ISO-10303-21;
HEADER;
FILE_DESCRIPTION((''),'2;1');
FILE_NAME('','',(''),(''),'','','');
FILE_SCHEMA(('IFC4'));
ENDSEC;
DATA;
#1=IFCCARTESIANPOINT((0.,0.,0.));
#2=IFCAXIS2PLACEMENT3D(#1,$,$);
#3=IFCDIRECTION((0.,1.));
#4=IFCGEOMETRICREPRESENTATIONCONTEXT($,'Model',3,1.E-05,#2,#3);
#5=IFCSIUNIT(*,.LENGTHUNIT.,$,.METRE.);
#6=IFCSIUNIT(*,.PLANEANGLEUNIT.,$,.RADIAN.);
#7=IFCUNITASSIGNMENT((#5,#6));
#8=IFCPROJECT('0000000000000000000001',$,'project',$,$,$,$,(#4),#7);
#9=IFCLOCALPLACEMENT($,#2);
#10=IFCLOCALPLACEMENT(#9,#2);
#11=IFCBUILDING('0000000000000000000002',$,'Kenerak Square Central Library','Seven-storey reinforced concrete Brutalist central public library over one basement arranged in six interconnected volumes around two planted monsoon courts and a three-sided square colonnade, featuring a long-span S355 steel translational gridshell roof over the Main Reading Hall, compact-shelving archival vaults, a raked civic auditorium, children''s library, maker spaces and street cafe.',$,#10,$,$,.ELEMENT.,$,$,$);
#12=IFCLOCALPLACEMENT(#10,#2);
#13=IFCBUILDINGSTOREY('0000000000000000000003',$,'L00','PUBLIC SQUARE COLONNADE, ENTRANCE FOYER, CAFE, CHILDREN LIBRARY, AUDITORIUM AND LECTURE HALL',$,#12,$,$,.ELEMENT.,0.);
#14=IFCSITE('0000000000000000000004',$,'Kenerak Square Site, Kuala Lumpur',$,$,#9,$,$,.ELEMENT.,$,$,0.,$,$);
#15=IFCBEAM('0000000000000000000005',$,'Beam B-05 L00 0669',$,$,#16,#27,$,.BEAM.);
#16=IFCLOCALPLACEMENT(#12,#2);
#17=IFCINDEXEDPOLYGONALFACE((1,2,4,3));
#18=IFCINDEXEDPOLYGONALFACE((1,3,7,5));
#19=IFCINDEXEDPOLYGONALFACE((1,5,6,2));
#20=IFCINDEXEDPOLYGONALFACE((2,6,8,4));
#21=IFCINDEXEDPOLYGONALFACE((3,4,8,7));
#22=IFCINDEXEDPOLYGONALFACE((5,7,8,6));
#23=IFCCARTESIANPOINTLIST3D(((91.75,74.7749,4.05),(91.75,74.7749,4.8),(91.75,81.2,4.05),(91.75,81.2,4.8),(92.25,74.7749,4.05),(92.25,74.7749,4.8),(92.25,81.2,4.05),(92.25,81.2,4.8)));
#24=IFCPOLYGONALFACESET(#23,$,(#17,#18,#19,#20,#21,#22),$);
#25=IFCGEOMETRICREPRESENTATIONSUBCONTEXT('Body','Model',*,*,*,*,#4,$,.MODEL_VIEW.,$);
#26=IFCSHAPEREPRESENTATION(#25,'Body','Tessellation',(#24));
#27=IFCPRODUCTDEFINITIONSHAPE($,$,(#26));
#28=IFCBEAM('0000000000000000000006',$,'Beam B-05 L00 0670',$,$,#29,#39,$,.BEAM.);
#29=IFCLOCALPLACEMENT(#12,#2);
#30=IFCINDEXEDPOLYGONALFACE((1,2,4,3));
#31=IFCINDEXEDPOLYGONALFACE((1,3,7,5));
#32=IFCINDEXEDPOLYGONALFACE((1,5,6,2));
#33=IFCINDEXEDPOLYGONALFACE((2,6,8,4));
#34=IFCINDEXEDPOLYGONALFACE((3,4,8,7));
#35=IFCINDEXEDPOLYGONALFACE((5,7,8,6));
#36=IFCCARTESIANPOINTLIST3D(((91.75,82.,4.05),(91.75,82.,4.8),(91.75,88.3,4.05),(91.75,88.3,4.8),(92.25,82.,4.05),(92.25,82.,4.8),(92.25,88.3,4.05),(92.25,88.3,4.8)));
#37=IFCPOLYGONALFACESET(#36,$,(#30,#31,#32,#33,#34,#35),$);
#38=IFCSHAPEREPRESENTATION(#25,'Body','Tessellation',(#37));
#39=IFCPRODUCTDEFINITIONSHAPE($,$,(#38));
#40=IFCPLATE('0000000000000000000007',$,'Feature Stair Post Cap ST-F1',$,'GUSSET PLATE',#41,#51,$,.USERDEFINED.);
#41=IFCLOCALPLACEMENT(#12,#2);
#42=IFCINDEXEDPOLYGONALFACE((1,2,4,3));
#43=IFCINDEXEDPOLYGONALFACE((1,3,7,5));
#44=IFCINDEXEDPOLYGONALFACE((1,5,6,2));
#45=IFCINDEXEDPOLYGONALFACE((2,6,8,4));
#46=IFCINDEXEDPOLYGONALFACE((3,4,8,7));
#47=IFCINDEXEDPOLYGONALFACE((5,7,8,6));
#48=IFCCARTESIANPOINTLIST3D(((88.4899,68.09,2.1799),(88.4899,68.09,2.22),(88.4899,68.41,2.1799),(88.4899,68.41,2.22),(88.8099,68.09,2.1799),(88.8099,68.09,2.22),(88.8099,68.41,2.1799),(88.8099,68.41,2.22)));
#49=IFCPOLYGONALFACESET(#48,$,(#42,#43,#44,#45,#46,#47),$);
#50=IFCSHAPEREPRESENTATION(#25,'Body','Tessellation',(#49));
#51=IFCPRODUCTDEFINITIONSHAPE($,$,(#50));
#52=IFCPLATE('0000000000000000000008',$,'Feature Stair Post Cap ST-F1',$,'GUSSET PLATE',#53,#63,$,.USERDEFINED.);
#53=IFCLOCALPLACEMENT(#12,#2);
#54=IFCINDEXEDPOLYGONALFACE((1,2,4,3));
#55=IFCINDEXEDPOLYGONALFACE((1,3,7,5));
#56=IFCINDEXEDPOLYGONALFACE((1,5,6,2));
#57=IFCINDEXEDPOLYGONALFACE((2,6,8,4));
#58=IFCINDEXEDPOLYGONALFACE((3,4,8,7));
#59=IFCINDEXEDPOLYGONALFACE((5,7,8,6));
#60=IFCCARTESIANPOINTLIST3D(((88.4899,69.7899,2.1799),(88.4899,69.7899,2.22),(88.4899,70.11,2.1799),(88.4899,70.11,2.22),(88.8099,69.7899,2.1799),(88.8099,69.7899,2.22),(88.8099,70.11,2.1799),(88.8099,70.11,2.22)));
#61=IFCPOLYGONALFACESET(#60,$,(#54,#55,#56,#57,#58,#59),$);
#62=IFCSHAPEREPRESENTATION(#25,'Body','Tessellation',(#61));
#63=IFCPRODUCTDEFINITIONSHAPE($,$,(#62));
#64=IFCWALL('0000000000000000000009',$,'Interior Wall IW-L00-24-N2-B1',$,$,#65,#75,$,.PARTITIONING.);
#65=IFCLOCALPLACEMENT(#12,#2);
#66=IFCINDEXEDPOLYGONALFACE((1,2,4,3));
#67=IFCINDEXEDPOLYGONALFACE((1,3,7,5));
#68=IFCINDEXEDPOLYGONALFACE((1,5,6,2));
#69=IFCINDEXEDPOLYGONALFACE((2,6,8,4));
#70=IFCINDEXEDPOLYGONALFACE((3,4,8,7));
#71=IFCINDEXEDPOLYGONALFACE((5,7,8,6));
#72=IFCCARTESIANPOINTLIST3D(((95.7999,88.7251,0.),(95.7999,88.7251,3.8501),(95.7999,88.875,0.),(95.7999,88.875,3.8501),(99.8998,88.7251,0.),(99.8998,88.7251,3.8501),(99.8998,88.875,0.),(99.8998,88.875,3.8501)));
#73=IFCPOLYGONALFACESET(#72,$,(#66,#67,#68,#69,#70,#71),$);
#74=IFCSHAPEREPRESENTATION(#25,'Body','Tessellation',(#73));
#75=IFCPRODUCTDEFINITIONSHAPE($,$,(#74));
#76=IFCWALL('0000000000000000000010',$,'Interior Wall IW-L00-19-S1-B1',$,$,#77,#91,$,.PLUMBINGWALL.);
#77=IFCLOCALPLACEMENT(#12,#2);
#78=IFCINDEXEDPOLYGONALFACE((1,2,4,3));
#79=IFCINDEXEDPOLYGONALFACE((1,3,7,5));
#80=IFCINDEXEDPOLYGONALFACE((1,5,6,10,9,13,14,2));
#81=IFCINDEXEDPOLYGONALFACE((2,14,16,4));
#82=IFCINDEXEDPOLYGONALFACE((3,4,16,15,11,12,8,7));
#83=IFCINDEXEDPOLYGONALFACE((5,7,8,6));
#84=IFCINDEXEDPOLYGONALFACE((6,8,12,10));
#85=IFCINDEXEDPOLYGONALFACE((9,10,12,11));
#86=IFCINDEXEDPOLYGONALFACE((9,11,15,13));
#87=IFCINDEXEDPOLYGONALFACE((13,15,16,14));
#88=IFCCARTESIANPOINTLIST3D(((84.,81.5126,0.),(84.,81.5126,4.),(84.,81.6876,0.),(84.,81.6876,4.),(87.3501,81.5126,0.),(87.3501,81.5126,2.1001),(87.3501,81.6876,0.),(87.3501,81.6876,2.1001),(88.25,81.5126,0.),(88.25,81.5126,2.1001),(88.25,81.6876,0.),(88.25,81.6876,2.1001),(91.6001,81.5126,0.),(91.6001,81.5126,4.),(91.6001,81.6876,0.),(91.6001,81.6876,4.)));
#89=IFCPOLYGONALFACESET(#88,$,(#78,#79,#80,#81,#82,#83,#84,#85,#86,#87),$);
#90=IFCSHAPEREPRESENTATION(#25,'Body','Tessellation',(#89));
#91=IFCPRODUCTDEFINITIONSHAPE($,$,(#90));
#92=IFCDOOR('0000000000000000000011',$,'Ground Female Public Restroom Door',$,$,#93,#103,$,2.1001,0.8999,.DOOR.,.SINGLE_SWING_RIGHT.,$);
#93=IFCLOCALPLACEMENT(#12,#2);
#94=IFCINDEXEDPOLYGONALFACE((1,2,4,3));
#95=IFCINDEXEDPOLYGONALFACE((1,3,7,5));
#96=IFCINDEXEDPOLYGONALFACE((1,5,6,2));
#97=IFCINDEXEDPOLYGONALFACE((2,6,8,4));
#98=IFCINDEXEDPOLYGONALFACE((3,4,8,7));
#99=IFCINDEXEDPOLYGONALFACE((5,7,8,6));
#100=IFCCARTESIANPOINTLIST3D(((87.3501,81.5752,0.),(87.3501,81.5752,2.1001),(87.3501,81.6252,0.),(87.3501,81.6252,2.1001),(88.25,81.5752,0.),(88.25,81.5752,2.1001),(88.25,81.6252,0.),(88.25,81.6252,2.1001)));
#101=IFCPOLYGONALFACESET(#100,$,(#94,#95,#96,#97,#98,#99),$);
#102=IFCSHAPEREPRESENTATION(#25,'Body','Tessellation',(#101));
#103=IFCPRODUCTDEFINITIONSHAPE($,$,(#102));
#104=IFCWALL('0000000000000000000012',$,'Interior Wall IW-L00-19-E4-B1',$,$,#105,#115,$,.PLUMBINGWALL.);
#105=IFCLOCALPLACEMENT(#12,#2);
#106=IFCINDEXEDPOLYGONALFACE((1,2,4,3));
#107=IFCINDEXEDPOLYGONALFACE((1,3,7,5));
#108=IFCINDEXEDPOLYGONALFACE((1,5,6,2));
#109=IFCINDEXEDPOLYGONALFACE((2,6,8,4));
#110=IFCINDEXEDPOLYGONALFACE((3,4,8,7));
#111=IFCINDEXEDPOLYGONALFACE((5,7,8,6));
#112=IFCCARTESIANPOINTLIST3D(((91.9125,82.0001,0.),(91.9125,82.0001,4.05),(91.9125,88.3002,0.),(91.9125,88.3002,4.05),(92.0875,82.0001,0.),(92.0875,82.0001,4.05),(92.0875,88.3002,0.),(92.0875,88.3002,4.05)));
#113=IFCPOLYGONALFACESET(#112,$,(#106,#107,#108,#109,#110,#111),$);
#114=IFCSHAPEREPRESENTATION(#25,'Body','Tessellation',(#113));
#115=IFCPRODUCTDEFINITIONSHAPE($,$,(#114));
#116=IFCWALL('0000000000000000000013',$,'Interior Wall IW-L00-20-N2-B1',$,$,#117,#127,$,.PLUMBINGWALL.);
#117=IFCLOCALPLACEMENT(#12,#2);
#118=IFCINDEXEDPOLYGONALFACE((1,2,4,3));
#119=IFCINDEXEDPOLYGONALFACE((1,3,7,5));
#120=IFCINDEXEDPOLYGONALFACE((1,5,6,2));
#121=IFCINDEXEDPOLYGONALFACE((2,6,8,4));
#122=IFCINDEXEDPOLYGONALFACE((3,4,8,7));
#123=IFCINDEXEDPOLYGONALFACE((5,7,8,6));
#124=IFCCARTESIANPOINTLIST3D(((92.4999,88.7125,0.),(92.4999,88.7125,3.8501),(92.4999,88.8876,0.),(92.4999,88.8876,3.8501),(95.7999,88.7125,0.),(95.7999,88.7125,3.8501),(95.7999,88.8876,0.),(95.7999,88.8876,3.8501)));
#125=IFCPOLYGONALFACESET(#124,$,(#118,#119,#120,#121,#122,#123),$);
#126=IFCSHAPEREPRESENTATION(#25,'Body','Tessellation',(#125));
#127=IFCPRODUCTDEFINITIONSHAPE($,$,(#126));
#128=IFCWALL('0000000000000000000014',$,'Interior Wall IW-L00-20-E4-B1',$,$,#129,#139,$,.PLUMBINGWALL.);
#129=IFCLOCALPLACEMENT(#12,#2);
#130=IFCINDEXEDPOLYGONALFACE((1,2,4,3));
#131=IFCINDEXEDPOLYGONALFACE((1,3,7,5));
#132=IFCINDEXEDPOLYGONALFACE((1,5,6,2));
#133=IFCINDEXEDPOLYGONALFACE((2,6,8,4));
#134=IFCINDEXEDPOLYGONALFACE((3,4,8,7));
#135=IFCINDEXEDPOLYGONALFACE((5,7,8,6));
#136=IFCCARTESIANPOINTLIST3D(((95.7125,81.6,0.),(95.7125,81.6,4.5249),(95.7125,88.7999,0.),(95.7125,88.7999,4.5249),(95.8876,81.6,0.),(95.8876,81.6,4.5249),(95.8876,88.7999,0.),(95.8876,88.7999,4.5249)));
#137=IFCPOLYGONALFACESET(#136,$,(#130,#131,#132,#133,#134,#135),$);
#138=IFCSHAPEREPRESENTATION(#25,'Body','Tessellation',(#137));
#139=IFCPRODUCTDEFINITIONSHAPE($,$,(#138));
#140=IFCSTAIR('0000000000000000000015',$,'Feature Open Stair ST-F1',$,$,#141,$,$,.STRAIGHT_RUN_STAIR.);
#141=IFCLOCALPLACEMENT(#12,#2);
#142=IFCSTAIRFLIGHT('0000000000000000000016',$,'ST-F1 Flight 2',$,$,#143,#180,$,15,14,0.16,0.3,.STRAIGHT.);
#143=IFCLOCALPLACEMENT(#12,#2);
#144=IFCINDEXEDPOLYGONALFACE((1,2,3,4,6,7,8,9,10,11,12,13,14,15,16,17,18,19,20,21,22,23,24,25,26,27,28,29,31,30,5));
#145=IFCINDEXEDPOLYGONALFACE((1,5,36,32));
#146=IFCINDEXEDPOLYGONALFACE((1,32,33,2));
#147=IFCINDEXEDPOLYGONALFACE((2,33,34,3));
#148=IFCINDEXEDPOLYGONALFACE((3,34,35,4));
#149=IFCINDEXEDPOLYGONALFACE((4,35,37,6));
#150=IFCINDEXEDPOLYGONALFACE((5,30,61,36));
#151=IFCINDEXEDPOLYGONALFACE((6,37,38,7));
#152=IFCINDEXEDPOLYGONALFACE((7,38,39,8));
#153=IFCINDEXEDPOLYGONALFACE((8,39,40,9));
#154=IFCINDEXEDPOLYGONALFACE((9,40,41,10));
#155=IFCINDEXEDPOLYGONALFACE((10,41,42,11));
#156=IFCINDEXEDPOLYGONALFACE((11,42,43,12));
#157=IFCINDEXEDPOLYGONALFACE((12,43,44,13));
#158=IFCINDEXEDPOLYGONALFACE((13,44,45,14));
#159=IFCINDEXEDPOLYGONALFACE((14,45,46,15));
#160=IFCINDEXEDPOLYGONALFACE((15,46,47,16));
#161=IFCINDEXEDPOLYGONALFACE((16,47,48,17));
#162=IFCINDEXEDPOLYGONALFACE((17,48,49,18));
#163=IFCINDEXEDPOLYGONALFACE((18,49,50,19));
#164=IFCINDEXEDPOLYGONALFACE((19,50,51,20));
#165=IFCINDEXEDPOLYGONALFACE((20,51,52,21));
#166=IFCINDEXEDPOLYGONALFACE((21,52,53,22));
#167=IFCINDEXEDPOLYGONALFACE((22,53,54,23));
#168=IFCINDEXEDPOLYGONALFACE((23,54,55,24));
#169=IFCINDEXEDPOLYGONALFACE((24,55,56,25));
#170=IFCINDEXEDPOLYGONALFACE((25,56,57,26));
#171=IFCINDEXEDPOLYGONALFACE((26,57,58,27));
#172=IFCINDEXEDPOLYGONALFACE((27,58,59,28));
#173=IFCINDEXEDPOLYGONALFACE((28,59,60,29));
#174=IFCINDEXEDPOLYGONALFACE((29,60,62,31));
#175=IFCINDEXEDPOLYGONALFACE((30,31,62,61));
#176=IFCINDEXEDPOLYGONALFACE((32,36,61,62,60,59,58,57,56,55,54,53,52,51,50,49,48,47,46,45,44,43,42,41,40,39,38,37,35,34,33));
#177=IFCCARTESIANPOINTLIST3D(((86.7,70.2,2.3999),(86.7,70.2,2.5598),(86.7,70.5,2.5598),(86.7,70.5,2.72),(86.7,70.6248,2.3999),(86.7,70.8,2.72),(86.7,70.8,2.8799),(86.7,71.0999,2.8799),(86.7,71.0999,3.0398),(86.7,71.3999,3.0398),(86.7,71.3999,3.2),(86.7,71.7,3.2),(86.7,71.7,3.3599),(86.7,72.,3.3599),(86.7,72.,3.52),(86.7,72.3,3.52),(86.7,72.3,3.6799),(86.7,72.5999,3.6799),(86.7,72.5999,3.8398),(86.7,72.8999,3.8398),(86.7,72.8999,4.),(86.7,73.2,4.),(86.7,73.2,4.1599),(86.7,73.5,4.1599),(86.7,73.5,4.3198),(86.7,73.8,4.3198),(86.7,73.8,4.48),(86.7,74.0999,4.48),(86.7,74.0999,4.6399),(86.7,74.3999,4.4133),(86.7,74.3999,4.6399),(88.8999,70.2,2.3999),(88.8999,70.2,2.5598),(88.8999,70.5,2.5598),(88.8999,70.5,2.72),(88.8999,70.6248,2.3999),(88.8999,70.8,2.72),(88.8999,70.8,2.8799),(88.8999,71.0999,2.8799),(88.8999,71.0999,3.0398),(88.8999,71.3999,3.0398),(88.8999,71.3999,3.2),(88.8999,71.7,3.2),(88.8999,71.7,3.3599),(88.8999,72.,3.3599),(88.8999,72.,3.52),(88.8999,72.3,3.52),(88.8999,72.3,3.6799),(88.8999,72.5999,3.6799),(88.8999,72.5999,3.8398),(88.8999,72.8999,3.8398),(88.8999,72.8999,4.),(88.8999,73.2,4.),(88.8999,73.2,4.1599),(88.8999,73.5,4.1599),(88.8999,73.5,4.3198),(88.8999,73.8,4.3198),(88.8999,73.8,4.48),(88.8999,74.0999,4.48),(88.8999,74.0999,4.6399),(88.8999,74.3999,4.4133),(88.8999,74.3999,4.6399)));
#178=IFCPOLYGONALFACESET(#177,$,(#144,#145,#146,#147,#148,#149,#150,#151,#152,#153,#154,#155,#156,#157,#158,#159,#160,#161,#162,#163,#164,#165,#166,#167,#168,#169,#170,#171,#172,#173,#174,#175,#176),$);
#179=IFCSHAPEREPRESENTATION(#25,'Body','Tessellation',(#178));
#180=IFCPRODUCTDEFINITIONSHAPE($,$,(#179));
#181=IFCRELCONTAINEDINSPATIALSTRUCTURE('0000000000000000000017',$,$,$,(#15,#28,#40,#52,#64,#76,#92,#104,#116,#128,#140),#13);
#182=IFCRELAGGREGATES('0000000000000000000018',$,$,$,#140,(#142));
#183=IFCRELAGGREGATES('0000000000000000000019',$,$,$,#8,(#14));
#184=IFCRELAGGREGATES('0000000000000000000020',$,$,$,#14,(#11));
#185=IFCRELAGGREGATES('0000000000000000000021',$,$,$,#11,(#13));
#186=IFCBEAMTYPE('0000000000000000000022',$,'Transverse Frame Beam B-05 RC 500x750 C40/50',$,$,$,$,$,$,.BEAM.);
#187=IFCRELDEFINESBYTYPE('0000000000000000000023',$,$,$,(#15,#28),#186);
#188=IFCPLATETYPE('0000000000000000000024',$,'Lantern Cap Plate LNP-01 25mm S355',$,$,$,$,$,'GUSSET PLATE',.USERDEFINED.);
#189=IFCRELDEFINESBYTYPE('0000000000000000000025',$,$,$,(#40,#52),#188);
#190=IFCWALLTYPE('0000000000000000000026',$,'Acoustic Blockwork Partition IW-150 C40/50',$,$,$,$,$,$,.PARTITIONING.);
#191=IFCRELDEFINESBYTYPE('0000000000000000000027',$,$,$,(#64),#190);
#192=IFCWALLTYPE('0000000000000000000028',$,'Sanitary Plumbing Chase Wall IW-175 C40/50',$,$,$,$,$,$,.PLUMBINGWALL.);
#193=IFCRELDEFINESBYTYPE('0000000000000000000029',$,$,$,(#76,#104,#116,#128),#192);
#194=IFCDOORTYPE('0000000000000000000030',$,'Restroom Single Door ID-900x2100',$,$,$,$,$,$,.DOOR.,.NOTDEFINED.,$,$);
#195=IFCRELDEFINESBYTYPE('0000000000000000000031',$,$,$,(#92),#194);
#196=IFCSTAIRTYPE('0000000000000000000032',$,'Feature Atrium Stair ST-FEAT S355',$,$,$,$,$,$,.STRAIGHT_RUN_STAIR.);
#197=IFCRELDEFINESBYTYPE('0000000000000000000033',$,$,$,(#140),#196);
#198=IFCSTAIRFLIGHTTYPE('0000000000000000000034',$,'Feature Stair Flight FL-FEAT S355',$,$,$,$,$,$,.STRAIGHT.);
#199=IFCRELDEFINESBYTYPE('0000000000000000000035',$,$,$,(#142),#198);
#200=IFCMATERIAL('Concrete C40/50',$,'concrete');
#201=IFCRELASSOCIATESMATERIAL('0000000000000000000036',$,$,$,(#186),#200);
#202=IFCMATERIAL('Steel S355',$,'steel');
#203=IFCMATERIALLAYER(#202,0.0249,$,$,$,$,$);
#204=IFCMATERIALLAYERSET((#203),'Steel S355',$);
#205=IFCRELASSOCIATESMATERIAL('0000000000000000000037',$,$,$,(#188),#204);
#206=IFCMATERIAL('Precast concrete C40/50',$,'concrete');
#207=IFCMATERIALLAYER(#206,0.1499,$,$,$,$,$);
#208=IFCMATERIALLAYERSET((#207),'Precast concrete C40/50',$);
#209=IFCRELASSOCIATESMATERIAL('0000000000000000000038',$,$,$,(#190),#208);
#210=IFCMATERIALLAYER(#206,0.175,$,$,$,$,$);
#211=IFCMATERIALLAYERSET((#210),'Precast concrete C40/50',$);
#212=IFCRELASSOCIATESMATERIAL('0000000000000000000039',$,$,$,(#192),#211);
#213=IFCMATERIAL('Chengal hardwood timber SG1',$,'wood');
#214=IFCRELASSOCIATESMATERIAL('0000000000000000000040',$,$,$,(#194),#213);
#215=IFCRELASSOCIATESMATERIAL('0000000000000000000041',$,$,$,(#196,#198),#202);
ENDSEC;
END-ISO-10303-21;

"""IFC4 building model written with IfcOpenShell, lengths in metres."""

from ifc_helpers import new_model, si_unit, direction, frame, frame_2d, origin, origin_2d, place, context, subcontext, project, spatial, polyline, rectangle, outline, extrude, material, layer, layer_set, material_profile, profile_set, type_object, element, fill, aggregate, save


model = new_model("IFC4")

# Units and contexts
model_context = context("Model", 3, precision=1e-05, world=origin(), true_north=direction((0.0, 1.0)))
body_context = subcontext(model_context, "Body", "Model", "MODEL_VIEW")
ifc_project = project(units=[si_unit("LENGTHUNIT", "METRE"), si_unit("PLANEANGLEUNIT", "RADIAN")], contexts=[model_context])

# Site, building, storey
site_placement = place(None, origin())
site = spatial("IfcSite", under=ifc_project, at=site_placement, Name="Kenerak Square Site, Kuala Lumpur", CompositionType="ELEMENT", RefElevation=0.0)
building_placement = place(site_placement, origin())
building = spatial("IfcBuilding", under=site, at=building_placement, Name="Kenerak Square Central Library", Description="Seven-storey reinforced concrete Brutalist central public library over one basement arranged in six interconnected volumes around two planted monsoon courts and a three-sided square colonnade, featuring a long-span S355 steel translational gridshell roof over the Main Reading Hall, compact-shelving archival vaults, a raked civic auditorium, children's library, maker spaces and street cafe.", CompositionType="ELEMENT")
storey_placement = place(building_placement, origin())
storey = spatial("IfcBuildingStorey", under=building, at=storey_placement, Name="L00", Description="PUBLIC SQUARE COLONNADE, ENTRANCE FOYER, CAFE, CHILDREN LIBRARY, AUDITORIUM AND LECTURE HALL", CompositionType="ELEMENT", Elevation=0.0)

# Shared definitions
ifc_material_1 = material(Name="Concrete C40/50", Category="concrete")
ifc_material_2 = material(Name="Steel S355", Category="steel")

# Beams
ifc_material_profile_1 = material_profile(ifc_material_1, rectangle(XDim=0.5, YDim=0.75, at=origin_2d()), Name="RC 500x750")
ifc_profile_set_1 = profile_set([ifc_material_profile_1], Name="Concrete C40/50")
beam_type_1 = type_object("IfcBeamType", Name="Transverse Frame Beam B-05 RC 500x750 C40/50", PredefinedType="BEAM", material=ifc_profile_set_1)
beam_1_placement = place(storey_placement, frame((92.0, 74.7749, 4.425), z_axis=(0.0, 1.0, 0.0), x_axis=(-1.0, 0.0, 0.0)))
element("IfcBeam", 1, at=beam_1_placement, inside=storey, type_object=beam_type_1, Name="Beam B-05 L00 0669", PredefinedType="BEAM", context=body_context, shape_type="SweptSolid", body=[
    extrude(rectangle(XDim=0.5, YDim=0.75, at=origin_2d()), origin(), (0.0, 0.0, 1.0), 6.425),
])
beam_2_placement = place(storey_placement, frame((92.0, 82.0, 4.425), z_axis=(0.0, 1.0, 0.0), x_axis=(-1.0, 0.0, 0.0)))
element("IfcBeam", 2, at=beam_2_placement, inside=storey, type_object=beam_type_1, Name="Beam B-05 L00 0670", PredefinedType="BEAM", context=body_context, shape_type="SweptSolid", body=[
    extrude(rectangle(XDim=0.5, YDim=0.75, at=origin_2d()), origin(), (0.0, 0.0, 1.0), 6.3),
])

# Plates
ifc_layer_1 = layer(ifc_material_2, 0.0249)
ifc_layer_set_1 = layer_set([ifc_layer_1], Name="Steel S355")
plate_type = type_object("IfcPlateType", Name="Lantern Cap Plate LNP-01 25mm S355", ElementType="GUSSET PLATE", PredefinedType="USERDEFINED", material=ifc_layer_set_1)
for number, where, z_axis, x_axis, name in (
    (3, (88.6499, 68.25, 2.1799), (0.0, 0.0, 1.0), (1.0, 0.0, 0.0), "Feature Stair Post Cap ST-F1"),
    (4, (88.6499, 69.95, 2.1799), (0.0, 0.0, 1.0), (1.0, 0.0, 0.0), "Feature Stair Post Cap ST-F1"),
):
    element("IfcPlate", number, at=place(storey_placement, frame(where, z_axis=z_axis, x_axis=x_axis)), inside=storey, type_object=plate_type, Name=name, ObjectType="GUSSET PLATE", PredefinedType="USERDEFINED", context=body_context, shape_type="SweptSolid", body=[
        extrude(rectangle(XDim=0.3201, YDim=0.3201, at=origin_2d()), origin(), (0.0, 0.0, 1.0), 0.04),
    ])

# Wall
ifc_material_3 = material(Name="Precast concrete C40/50", Category="concrete")
ifc_layer_2 = layer(ifc_material_3, 0.1499)
ifc_layer_set_2 = layer_set([ifc_layer_2], Name="Precast concrete C40/50")
wall_type_1 = type_object("IfcWallType", Name="Acoustic Blockwork Partition IW-150 C40/50", PredefinedType="PARTITIONING", material=ifc_layer_set_2)
wall_1_placement = place(storey_placement, frame((95.8, 88.8, 0.0), z_axis=(0.0, 0.0, 1.0), x_axis=(1.0, 0.0, 0.0)))
element("IfcWall", 5, at=wall_1_placement, inside=storey, type_object=wall_type_1, Name="Interior Wall IW-L00-24-N2-B1", PredefinedType="PARTITIONING", context=body_context, shape_type="SweptSolid", body=[
    extrude(rectangle(XDim=4.0999, YDim=0.1499, at=frame_2d((2.0498, 0.0))), origin(), (0.0, 0.0, 1.0), 3.8501),
])

# Wall, opening, door
ifc_layer_3 = layer(ifc_material_3, 0.175)
ifc_layer_set_3 = layer_set([ifc_layer_3], Name="Precast concrete C40/50")
wall_type_2 = type_object("IfcWallType", Name="Sanitary Plumbing Chase Wall IW-175 C40/50", PredefinedType="PLUMBINGWALL", material=ifc_layer_set_3)
wall_2_placement = place(storey_placement, frame((91.6001, 81.6001, 0.0), z_axis=(0.0, 0.0, 1.0), x_axis=(-1.0, 0.0, 0.0)))
wall_2 = element("IfcWall", 6, at=wall_2_placement, inside=storey, type_object=wall_type_2, Name="Interior Wall IW-L00-19-S1-B1", PredefinedType="PLUMBINGWALL", context=body_context, shape_type="SweptSolid", body=[
    extrude(rectangle(XDim=7.6001, YDim=0.175, at=frame_2d((3.8, 0.0))), origin(), (0.0, 0.0, 1.0), 4.0),
])
opening_1_placement = place(wall_2_placement, frame((3.3501, 0.0, 0.0)))
opening_1 = element("IfcOpeningElement", 7, at=opening_1_placement, cuts=wall_2, PredefinedType="OPENING", context=body_context, shape_type="SweptSolid", body=[
    extrude(rectangle(XDim=0.8999, YDim=2.1001, at=frame_2d((0.45, 1.05))), frame((0.0, 0.0974, 0.0), z_axis=(0.0, -1.0, 0.0), x_axis=(1.0, 0.0, 0.0)), (0.0, 0.0, 1.0), 0.1951),
])
ifc_material_4 = material(Name="Chengal hardwood timber SG1", Category="wood")
door_type_1 = type_object("IfcDoorType", Name="Restroom Single Door ID-900x2100", OperationType="NOTDEFINED", PredefinedType="DOOR", material=ifc_material_4)
door_1_placement = place(opening_1_placement, origin())
door_1 = element("IfcDoor", 8, at=door_1_placement, inside=storey, type_object=door_type_1, Name="Ground Female Public Restroom Door", OperationType="SINGLE_SWING_RIGHT", OverallHeight=2.1001, OverallWidth=0.8999, PredefinedType="DOOR", context=body_context, shape_type="SweptSolid", body=[
    extrude(rectangle(XDim=0.8999, YDim=2.1001, at=frame_2d((0.45, 1.05))), frame((0.0, 0.0249, 0.0), z_axis=(0.0, -1.0, 0.0), x_axis=(1.0, 0.0, 0.0)), (0.0, 0.0, 1.0), 0.05),
])
fill(opening_1, door_1)

# Walls
wall_3_placement = place(storey_placement, frame((92.0, 88.3, 0.0), z_axis=(0.0, 0.0, 1.0), x_axis=(0.0, -1.0, 0.0)))
element("IfcWall", 9, at=wall_3_placement, inside=storey, type_object=wall_type_2, Name="Interior Wall IW-L00-19-E4-B1", PredefinedType="PLUMBINGWALL", context=body_context, shape_type="SweptSolid", body=[
    extrude(rectangle(XDim=6.3, YDim=0.175, at=frame_2d((3.1499, 0.0))), origin(), (0.0, 0.0, 1.0), 4.05),
])
wall_4_placement = place(storey_placement, frame((92.5, 88.8, 0.0), z_axis=(0.0, 0.0, 1.0), x_axis=(1.0, 0.0, 0.0)))
element("IfcWall", 10, at=wall_4_placement, inside=storey, type_object=wall_type_2, Name="Interior Wall IW-L00-20-N2-B1", PredefinedType="PLUMBINGWALL", context=body_context, shape_type="SweptSolid", body=[
    extrude(rectangle(XDim=3.3, YDim=0.175, at=frame_2d((1.6499, 0.0))), origin(), (0.0, 0.0, 1.0), 3.8501),
])
wall_5_placement = place(storey_placement, frame((95.8, 88.8, 0.0), z_axis=(0.0, 0.0, 1.0), x_axis=(0.0, -1.0, 0.0)))
element("IfcWall", 11, at=wall_5_placement, inside=storey, type_object=wall_type_2, Name="Interior Wall IW-L00-20-E4-B1", PredefinedType="PLUMBINGWALL", context=body_context, shape_type="SweptSolid", body=[
    extrude(rectangle(XDim=7.2, YDim=0.175, at=frame_2d((3.6001, 0.0))), origin(), (0.0, 0.0, 1.0), 4.5249),
])

# Stair, stair flight
stair_type = type_object("IfcStairType", Name="Feature Atrium Stair ST-FEAT S355", PredefinedType="STRAIGHT_RUN_STAIR", material=ifc_material_2)
stair_placement = place(storey_placement, origin())
stair = element("IfcStair", 12, at=stair_placement, inside=storey, type_object=stair_type, Name="Feature Open Stair ST-F1", PredefinedType="STRAIGHT_RUN_STAIR")
stair_flight_type = type_object("IfcStairFlightType", Name="Feature Stair Flight FL-FEAT S355", PredefinedType="STRAIGHT", material=ifc_material_2)
stair_flight_placement = place(storey_placement, frame((87.8, 70.2, 2.3999), z_axis=(0.0, 0.0, 1.0), x_axis=(0.0, 1.0, 0.0)))
stair_flight = element("IfcStairFlight", 13, at=stair_flight_placement, type_object=stair_flight_type, Name="ST-F1 Flight 2", NumberOfRisers=15, NumberOfTreads=14, PredefinedType="STRAIGHT", RiserHeight=0.16, TreadLength=0.3, context=body_context, shape_type="SweptSolid", body=[
    extrude(outline(polyline([(0.0, 0.0), (0.0, 0.1599), (0.3, 0.1599), (0.3, 0.3201), (0.6001, 0.3201), (0.6001, 0.48), (0.8999, 0.48), (0.8999, 0.6399), (1.2, 0.6399), (1.2, 0.8), (1.5, 0.8), (1.5, 0.96), (1.8, 0.96), (1.8, 1.1201), (2.1001, 1.1201), (2.1001, 1.28), (2.3999, 1.28), (2.3999, 1.4399), (2.7, 1.4399), (2.7, 1.6001), (3.0, 1.6001), (3.0, 1.76), (3.3, 1.76), (3.3, 1.9199), (3.6001, 1.9199), (3.6001, 2.0801), (3.8999, 2.0801), (3.8999, 2.24), (4.2, 2.24), (4.2, 2.3999), (4.2, 2.0134), (0.4248, 0.0), (0.0, 0.0)])), frame((0.0, 1.1001, 0.0), z_axis=(0.0, -1.0, 0.0), x_axis=(1.0, 0.0, 0.0)), (0.0, 0.0, 1.0), 2.2),
])
aggregate(stair, [stair_flight])

save(model, "model.ifc")
